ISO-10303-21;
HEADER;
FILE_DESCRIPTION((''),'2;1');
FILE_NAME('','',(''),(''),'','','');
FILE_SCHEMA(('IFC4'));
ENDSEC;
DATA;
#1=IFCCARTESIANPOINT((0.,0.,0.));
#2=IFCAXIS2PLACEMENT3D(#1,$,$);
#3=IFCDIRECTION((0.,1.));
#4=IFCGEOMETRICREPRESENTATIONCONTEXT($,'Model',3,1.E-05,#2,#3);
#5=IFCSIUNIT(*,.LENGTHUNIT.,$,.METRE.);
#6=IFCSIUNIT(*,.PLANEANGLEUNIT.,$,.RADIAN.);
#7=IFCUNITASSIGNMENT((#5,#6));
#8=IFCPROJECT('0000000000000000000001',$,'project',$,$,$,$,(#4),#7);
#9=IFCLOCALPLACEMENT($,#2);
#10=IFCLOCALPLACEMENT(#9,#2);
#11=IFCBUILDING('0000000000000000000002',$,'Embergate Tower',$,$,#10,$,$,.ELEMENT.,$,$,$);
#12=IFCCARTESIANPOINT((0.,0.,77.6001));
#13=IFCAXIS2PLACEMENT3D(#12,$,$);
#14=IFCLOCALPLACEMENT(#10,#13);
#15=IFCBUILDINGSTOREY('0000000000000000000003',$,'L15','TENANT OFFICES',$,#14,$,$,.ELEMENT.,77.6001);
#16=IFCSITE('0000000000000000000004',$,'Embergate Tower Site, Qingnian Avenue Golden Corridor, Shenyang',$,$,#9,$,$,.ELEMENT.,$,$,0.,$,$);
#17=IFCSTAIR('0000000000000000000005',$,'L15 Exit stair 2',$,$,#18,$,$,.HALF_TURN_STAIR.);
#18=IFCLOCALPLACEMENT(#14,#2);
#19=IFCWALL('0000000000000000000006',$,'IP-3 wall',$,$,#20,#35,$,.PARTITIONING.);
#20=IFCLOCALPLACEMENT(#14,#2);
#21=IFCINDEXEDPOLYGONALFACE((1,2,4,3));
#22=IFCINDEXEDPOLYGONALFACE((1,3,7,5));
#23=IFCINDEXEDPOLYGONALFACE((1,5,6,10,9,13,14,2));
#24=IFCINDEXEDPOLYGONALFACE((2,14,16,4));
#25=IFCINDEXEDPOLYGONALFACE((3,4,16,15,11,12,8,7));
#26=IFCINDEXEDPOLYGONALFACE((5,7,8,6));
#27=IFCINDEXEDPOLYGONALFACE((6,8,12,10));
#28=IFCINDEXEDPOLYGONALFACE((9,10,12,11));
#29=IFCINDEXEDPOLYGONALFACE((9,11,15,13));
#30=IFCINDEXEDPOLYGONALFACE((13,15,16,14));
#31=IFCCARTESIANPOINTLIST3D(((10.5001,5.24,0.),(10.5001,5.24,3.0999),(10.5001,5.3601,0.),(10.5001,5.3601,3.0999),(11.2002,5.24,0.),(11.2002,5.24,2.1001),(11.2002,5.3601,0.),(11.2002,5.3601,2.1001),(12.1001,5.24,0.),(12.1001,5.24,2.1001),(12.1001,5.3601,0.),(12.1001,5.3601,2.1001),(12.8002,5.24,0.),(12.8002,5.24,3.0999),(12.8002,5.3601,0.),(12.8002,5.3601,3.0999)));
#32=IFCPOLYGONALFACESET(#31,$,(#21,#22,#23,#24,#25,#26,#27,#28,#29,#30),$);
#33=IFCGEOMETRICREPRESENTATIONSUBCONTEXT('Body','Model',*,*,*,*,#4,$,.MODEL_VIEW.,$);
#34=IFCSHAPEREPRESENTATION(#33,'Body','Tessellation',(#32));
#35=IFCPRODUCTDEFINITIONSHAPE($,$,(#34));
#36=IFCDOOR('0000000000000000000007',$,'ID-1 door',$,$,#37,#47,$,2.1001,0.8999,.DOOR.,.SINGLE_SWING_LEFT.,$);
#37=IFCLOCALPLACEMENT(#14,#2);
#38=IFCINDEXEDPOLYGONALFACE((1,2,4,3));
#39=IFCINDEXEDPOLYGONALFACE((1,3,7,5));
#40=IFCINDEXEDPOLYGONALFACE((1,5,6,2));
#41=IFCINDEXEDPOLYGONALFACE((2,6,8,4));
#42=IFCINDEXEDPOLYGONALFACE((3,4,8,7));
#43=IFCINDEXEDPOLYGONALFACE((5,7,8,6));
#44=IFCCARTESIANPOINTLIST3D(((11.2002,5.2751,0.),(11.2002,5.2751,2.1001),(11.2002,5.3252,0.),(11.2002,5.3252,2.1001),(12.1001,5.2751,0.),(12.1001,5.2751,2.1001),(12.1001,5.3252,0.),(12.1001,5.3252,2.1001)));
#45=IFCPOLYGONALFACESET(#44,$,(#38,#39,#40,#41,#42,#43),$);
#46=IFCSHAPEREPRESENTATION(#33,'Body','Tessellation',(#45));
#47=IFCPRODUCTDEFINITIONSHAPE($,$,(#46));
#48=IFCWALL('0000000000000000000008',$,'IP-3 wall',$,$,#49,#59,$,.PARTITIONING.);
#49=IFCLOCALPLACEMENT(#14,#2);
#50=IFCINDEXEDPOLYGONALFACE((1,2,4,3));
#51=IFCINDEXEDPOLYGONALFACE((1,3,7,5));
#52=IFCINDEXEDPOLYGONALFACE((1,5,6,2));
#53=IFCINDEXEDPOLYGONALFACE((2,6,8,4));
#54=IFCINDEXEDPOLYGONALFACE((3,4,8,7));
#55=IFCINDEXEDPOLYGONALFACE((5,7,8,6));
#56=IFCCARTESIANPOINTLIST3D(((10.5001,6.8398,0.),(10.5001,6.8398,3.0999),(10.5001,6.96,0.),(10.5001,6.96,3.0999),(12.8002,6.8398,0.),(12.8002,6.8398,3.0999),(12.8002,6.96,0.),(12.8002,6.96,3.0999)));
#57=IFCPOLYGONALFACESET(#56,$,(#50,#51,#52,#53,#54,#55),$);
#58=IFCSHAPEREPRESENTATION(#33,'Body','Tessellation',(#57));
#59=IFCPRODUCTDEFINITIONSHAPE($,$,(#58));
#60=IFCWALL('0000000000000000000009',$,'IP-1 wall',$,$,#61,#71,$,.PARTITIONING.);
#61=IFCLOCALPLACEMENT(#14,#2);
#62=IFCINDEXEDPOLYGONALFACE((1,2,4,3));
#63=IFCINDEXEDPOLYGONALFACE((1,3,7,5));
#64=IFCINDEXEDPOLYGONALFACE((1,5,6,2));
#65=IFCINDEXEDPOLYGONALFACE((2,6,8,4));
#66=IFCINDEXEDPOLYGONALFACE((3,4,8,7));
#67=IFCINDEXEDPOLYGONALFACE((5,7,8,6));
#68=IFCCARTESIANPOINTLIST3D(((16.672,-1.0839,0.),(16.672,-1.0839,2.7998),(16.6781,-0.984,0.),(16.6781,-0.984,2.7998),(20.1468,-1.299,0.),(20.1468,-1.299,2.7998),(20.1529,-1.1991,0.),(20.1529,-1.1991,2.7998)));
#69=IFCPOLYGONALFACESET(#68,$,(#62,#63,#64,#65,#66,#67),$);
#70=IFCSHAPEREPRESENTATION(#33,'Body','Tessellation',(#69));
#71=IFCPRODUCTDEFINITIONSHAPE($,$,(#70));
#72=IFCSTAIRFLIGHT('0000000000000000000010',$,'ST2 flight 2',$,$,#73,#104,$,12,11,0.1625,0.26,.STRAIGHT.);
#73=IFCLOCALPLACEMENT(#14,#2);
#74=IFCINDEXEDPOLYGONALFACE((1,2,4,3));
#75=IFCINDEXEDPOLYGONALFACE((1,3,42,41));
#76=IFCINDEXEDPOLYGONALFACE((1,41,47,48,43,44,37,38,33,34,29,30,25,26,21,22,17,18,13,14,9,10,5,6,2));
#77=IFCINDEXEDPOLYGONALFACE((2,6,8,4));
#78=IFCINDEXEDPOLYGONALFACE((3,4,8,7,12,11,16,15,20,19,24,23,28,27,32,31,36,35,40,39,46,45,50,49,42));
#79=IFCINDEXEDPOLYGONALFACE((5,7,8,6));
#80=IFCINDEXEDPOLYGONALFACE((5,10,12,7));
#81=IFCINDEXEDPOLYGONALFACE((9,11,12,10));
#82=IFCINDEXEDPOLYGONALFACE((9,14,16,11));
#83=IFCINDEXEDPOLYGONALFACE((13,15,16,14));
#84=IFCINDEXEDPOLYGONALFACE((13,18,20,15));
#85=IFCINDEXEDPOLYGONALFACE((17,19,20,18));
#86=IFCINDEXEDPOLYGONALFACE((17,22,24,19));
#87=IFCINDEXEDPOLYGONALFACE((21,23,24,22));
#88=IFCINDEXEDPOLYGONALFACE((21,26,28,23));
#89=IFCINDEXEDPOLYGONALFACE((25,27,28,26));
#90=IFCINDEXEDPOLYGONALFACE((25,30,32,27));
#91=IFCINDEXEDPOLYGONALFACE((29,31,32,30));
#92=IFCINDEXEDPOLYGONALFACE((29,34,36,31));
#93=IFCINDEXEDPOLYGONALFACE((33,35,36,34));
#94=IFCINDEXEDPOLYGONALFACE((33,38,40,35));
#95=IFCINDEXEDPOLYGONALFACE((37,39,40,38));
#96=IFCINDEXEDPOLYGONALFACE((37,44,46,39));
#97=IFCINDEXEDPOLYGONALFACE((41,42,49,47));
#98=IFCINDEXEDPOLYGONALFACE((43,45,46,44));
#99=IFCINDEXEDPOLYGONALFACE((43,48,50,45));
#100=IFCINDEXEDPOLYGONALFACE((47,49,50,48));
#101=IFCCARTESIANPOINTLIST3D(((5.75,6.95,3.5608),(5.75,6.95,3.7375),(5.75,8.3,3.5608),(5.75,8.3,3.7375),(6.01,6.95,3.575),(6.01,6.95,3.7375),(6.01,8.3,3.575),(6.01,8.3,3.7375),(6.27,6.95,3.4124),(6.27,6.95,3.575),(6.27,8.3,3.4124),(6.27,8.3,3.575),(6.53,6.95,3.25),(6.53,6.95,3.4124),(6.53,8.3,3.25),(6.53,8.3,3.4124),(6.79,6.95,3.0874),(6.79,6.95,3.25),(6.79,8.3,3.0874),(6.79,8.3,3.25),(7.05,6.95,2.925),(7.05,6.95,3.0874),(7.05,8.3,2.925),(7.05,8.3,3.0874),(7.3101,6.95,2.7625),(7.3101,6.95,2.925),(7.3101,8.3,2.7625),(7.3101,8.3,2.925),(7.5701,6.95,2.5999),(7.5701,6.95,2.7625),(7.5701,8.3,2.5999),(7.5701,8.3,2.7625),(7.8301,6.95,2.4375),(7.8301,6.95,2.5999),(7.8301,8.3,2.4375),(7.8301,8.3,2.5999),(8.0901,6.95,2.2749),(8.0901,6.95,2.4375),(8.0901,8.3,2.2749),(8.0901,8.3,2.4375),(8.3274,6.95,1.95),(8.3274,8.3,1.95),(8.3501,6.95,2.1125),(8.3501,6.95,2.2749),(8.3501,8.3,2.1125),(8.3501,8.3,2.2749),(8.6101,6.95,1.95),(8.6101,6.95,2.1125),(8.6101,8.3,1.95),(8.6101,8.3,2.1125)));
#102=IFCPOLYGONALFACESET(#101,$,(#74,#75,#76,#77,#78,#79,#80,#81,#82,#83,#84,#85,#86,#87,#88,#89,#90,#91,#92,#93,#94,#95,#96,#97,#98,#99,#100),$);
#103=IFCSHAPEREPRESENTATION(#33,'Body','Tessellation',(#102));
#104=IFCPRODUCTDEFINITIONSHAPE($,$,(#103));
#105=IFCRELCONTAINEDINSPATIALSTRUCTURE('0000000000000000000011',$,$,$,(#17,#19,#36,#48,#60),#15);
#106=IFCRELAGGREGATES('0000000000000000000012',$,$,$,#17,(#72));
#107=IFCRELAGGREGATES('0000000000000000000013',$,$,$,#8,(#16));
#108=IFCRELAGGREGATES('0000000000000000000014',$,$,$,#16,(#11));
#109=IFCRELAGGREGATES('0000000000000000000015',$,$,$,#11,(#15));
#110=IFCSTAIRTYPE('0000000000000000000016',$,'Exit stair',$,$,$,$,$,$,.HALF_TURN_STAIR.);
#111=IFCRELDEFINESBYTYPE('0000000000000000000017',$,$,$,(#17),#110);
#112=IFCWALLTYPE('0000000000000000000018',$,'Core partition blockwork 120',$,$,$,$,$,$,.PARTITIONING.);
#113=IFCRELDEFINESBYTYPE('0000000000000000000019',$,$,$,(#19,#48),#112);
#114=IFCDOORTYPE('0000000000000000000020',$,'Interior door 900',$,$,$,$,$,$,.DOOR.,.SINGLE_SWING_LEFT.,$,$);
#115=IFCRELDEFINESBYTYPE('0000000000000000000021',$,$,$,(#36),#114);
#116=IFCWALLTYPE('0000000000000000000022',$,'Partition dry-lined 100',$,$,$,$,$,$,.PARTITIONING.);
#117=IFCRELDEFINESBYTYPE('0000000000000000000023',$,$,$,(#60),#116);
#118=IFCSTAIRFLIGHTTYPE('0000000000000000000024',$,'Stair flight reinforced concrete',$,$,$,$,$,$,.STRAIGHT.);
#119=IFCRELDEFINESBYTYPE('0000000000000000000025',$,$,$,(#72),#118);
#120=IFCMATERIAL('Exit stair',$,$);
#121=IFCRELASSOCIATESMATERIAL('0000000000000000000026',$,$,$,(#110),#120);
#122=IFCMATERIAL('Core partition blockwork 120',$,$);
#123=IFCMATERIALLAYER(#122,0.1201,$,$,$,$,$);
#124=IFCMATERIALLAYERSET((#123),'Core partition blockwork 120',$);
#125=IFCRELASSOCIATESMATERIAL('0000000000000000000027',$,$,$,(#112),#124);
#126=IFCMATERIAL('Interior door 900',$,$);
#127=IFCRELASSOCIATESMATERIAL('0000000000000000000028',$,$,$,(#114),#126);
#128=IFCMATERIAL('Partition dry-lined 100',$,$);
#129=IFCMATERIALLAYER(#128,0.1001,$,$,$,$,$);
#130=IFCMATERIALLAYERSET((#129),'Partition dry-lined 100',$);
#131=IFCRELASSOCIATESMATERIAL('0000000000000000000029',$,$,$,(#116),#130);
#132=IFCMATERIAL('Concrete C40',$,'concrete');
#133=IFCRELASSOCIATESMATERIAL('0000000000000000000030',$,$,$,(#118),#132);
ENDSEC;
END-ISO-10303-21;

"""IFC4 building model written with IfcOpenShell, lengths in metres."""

from ifc_helpers import new_model, si_unit, direction, frame, frame_2d, origin, place, context, subcontext, project, spatial, polyline, rectangle, outline, extrude, source, transform, mapped, material, layer, layer_set, type_object, element, fill, aggregate, save


model = new_model("IFC4")

# Units and contexts
model_context = context("Model", 3, precision=1e-05, world=origin(), true_north=direction((0.0, 1.0)))
body_context = subcontext(model_context, "Body", "Model", "MODEL_VIEW")
ifc_project = project(units=[si_unit("LENGTHUNIT", "METRE"), si_unit("PLANEANGLEUNIT", "RADIAN")], contexts=[model_context])

# Site, building, storey
site_placement = place(None, origin())
site = spatial("IfcSite", under=ifc_project, at=site_placement, Name="Embergate Tower Site, Qingnian Avenue Golden Corridor, Shenyang", CompositionType="ELEMENT", RefElevation=0.0)
building_placement = place(site_placement, origin())
building = spatial("IfcBuilding", under=site, at=building_placement, Name="Embergate Tower", CompositionType="ELEMENT")
storey_placement = place(building_placement, frame((0.0, 0.0, 77.6001)))
storey = spatial("IfcBuildingStorey", under=building, at=storey_placement, Name="L15", Description="TENANT OFFICES", CompositionType="ELEMENT", Elevation=77.6001)

# Stair
ifc_material_1 = material(Name="Exit stair")
stair_type = type_object("IfcStairType", Name="Exit stair", PredefinedType="HALF_TURN_STAIR", material=ifc_material_1)
stair_placement = place(storey_placement, origin())
stair = element("IfcStair", 1, at=stair_placement, inside=storey, type_object=stair_type, Name="L15 Exit stair 2", PredefinedType="HALF_TURN_STAIR")
ifc_material_2 = material(Name="Concrete C40", Category="concrete")

# Shared definitions
ifc_material_3 = material(Name="Core partition blockwork 120")
ifc_layer_1 = layer(ifc_material_3, 0.1201)
ifc_layer_set_1 = layer_set([ifc_layer_1], Name="Core partition blockwork 120")
wall_type_1 = type_object("IfcWallType", Name="Core partition blockwork 120", PredefinedType="PARTITIONING", material=ifc_layer_set_1)

# Wall, opening, door
shared_shape_1 = source(origin(), body_context, "Body", "SweptSolid", [
    extrude(rectangle(XDim=2.3, YDim=0.1201, at=frame_2d((1.1499, 0.0))), origin(), (0.0, 0.0, 1.0), 3.0999),
])
shared_shape_2 = source(origin(), body_context, "Body", "SweptSolid", [
    extrude(rectangle(XDim=0.8999, YDim=2.1001, at=frame_2d((0.45, 1.05))), frame((0.0, 0.0701, 0.0), z_axis=(0.0, -1.0, 0.0), x_axis=(1.0, 0.0, 0.0)), (0.0, 0.0, 1.0), 0.1401),
])
ifc_material_4 = material(Name="Interior door 900")
door_type_1 = type_object("IfcDoorType", Name="Interior door 900", OperationType="SINGLE_SWING_LEFT", PredefinedType="DOOR", material=ifc_material_4)
shared_shape_3 = source(origin(), body_context, "Body", "SweptSolid", [
    extrude(rectangle(XDim=0.8999, YDim=2.1001, at=frame_2d((0.45, 1.05))), frame((0.0, 0.0249, 0.0), z_axis=(0.0, -1.0, 0.0), x_axis=(1.0, 0.0, 0.0)), (0.0, 0.0, 1.0), 0.05),
])
wall_1_placement = place(storey_placement, frame((12.8, 5.3, 0.0), z_axis=(0.0, 0.0, 1.0), x_axis=(-1.0, 0.0, 0.0)))
wall_1 = element("IfcWall", 2, at=wall_1_placement, inside=storey, type_object=wall_type_1, Name="IP-3 wall", PredefinedType="PARTITIONING", context=body_context, shape_type="MappedRepresentation", body=[
    mapped(shared_shape_1, transform((0.0, 0.0, 0.0))),
])
opening_1_placement = place(wall_1_placement, frame((0.7, 0.0, 0.0)))
opening_1 = element("IfcOpeningElement", 3, at=opening_1_placement, cuts=wall_1, PredefinedType="OPENING", context=body_context, shape_type="MappedRepresentation", body=[
    mapped(shared_shape_2, transform((0.0, 0.0, 0.0))),
])
door_1_placement = place(opening_1_placement, origin())
door_1 = element("IfcDoor", 4, at=door_1_placement, inside=storey, type_object=door_type_1, Name="ID-1 door", OperationType="SINGLE_SWING_LEFT", OverallHeight=2.1001, OverallWidth=0.8999, PredefinedType="DOOR", context=body_context, shape_type="MappedRepresentation", body=[
    mapped(shared_shape_3, transform((0.0, 0.0, 0.0))),
])
fill(opening_1, door_1)

# Walls
wall_2_placement = place(storey_placement, frame((12.8, 6.8999, 0.0), z_axis=(0.0, 0.0, 1.0), x_axis=(-1.0, 0.0, 0.0)))
element("IfcWall", 5, at=wall_2_placement, inside=storey, type_object=wall_type_1, Name="IP-3 wall", PredefinedType="PARTITIONING", context=body_context, shape_type="MappedRepresentation", body=[
    mapped(shared_shape_1, transform((0.0, 0.0, 0.0))),
])
ifc_material_5 = material(Name="Partition dry-lined 100")
ifc_layer_2 = layer(ifc_material_5, 0.1001)
ifc_layer_set_2 = layer_set([ifc_layer_2], Name="Partition dry-lined 100")
wall_type_2 = type_object("IfcWallType", Name="Partition dry-lined 100", PredefinedType="PARTITIONING", material=ifc_layer_set_2)
shared_shape_4 = source(origin(), body_context, "Body", "SweptSolid", [
    extrude(rectangle(XDim=3.4814, YDim=0.1001, at=frame_2d((1.7407, 0.0))), origin(), (0.0, 0.0, 1.0), 2.7998),
])
wall_3_placement = place(storey_placement, frame((16.675, -1.0339, 0.0), z_axis=(0.0, 0.0, 1.0), x_axis=(0.99809, -0.06178, 0.0)))
element("IfcWall", 6, at=wall_3_placement, inside=storey, type_object=wall_type_2, Name="IP-1 wall", PredefinedType="PARTITIONING", context=body_context, shape_type="MappedRepresentation", body=[
    mapped(shared_shape_4, transform((0.0, 0.0, 0.0))),
])

# Stair flight
stair_flight_type = type_object("IfcStairFlightType", Name="Stair flight reinforced concrete", PredefinedType="STRAIGHT", material=ifc_material_2)
shared_shape_5 = source(origin(), body_context, "Body", "SweptSolid", [
    extrude(outline(polyline([(0.0, 0.0), (0.0, 0.1626), (0.26, 0.1626), (0.26, 0.325), (0.52, 0.325), (0.52, 0.4875), (0.78, 0.4875), (0.78, 0.6499), (1.04, 0.6499), (1.04, 0.8125), (1.3, 0.8125), (1.3, 0.9751), (1.5601, 0.9751), (1.5601, 1.1375), (1.8201, 1.1375), (1.8201, 1.3), (2.0801, 1.3), (2.0801, 1.4624), (2.3401, 1.4624), (2.3401, 1.625), (2.6001, 1.625), (2.6001, 1.7876), (2.8601, 1.7876), (2.8601, 1.95), (2.8601, 1.6108), (0.2827, 0.0), (0.0, 0.0)])), frame((0.0, 0.675, 0.0), z_axis=(0.0, -1.0, 0.0), x_axis=(1.0, 0.0, 0.0)), (0.0, 0.0, 1.0), 1.3501),
])
stair_flight_placement = place(storey_placement, frame((8.6101, 7.625, 1.95), z_axis=(0.0, 0.0, 1.0), x_axis=(-1.0, 0.0, 0.0)))
stair_flight = element("IfcStairFlight", 7, at=stair_flight_placement, type_object=stair_flight_type, Name="ST2 flight 2", NumberOfRisers=12, NumberOfTreads=11, PredefinedType="STRAIGHT", RiserHeight=0.1625, TreadLength=0.26, context=body_context, shape_type="MappedRepresentation", body=[
    mapped(shared_shape_5, transform((0.0, 0.0, 0.0))),
])
aggregate(stair, [stair_flight])

save(model, "model.ifc")
